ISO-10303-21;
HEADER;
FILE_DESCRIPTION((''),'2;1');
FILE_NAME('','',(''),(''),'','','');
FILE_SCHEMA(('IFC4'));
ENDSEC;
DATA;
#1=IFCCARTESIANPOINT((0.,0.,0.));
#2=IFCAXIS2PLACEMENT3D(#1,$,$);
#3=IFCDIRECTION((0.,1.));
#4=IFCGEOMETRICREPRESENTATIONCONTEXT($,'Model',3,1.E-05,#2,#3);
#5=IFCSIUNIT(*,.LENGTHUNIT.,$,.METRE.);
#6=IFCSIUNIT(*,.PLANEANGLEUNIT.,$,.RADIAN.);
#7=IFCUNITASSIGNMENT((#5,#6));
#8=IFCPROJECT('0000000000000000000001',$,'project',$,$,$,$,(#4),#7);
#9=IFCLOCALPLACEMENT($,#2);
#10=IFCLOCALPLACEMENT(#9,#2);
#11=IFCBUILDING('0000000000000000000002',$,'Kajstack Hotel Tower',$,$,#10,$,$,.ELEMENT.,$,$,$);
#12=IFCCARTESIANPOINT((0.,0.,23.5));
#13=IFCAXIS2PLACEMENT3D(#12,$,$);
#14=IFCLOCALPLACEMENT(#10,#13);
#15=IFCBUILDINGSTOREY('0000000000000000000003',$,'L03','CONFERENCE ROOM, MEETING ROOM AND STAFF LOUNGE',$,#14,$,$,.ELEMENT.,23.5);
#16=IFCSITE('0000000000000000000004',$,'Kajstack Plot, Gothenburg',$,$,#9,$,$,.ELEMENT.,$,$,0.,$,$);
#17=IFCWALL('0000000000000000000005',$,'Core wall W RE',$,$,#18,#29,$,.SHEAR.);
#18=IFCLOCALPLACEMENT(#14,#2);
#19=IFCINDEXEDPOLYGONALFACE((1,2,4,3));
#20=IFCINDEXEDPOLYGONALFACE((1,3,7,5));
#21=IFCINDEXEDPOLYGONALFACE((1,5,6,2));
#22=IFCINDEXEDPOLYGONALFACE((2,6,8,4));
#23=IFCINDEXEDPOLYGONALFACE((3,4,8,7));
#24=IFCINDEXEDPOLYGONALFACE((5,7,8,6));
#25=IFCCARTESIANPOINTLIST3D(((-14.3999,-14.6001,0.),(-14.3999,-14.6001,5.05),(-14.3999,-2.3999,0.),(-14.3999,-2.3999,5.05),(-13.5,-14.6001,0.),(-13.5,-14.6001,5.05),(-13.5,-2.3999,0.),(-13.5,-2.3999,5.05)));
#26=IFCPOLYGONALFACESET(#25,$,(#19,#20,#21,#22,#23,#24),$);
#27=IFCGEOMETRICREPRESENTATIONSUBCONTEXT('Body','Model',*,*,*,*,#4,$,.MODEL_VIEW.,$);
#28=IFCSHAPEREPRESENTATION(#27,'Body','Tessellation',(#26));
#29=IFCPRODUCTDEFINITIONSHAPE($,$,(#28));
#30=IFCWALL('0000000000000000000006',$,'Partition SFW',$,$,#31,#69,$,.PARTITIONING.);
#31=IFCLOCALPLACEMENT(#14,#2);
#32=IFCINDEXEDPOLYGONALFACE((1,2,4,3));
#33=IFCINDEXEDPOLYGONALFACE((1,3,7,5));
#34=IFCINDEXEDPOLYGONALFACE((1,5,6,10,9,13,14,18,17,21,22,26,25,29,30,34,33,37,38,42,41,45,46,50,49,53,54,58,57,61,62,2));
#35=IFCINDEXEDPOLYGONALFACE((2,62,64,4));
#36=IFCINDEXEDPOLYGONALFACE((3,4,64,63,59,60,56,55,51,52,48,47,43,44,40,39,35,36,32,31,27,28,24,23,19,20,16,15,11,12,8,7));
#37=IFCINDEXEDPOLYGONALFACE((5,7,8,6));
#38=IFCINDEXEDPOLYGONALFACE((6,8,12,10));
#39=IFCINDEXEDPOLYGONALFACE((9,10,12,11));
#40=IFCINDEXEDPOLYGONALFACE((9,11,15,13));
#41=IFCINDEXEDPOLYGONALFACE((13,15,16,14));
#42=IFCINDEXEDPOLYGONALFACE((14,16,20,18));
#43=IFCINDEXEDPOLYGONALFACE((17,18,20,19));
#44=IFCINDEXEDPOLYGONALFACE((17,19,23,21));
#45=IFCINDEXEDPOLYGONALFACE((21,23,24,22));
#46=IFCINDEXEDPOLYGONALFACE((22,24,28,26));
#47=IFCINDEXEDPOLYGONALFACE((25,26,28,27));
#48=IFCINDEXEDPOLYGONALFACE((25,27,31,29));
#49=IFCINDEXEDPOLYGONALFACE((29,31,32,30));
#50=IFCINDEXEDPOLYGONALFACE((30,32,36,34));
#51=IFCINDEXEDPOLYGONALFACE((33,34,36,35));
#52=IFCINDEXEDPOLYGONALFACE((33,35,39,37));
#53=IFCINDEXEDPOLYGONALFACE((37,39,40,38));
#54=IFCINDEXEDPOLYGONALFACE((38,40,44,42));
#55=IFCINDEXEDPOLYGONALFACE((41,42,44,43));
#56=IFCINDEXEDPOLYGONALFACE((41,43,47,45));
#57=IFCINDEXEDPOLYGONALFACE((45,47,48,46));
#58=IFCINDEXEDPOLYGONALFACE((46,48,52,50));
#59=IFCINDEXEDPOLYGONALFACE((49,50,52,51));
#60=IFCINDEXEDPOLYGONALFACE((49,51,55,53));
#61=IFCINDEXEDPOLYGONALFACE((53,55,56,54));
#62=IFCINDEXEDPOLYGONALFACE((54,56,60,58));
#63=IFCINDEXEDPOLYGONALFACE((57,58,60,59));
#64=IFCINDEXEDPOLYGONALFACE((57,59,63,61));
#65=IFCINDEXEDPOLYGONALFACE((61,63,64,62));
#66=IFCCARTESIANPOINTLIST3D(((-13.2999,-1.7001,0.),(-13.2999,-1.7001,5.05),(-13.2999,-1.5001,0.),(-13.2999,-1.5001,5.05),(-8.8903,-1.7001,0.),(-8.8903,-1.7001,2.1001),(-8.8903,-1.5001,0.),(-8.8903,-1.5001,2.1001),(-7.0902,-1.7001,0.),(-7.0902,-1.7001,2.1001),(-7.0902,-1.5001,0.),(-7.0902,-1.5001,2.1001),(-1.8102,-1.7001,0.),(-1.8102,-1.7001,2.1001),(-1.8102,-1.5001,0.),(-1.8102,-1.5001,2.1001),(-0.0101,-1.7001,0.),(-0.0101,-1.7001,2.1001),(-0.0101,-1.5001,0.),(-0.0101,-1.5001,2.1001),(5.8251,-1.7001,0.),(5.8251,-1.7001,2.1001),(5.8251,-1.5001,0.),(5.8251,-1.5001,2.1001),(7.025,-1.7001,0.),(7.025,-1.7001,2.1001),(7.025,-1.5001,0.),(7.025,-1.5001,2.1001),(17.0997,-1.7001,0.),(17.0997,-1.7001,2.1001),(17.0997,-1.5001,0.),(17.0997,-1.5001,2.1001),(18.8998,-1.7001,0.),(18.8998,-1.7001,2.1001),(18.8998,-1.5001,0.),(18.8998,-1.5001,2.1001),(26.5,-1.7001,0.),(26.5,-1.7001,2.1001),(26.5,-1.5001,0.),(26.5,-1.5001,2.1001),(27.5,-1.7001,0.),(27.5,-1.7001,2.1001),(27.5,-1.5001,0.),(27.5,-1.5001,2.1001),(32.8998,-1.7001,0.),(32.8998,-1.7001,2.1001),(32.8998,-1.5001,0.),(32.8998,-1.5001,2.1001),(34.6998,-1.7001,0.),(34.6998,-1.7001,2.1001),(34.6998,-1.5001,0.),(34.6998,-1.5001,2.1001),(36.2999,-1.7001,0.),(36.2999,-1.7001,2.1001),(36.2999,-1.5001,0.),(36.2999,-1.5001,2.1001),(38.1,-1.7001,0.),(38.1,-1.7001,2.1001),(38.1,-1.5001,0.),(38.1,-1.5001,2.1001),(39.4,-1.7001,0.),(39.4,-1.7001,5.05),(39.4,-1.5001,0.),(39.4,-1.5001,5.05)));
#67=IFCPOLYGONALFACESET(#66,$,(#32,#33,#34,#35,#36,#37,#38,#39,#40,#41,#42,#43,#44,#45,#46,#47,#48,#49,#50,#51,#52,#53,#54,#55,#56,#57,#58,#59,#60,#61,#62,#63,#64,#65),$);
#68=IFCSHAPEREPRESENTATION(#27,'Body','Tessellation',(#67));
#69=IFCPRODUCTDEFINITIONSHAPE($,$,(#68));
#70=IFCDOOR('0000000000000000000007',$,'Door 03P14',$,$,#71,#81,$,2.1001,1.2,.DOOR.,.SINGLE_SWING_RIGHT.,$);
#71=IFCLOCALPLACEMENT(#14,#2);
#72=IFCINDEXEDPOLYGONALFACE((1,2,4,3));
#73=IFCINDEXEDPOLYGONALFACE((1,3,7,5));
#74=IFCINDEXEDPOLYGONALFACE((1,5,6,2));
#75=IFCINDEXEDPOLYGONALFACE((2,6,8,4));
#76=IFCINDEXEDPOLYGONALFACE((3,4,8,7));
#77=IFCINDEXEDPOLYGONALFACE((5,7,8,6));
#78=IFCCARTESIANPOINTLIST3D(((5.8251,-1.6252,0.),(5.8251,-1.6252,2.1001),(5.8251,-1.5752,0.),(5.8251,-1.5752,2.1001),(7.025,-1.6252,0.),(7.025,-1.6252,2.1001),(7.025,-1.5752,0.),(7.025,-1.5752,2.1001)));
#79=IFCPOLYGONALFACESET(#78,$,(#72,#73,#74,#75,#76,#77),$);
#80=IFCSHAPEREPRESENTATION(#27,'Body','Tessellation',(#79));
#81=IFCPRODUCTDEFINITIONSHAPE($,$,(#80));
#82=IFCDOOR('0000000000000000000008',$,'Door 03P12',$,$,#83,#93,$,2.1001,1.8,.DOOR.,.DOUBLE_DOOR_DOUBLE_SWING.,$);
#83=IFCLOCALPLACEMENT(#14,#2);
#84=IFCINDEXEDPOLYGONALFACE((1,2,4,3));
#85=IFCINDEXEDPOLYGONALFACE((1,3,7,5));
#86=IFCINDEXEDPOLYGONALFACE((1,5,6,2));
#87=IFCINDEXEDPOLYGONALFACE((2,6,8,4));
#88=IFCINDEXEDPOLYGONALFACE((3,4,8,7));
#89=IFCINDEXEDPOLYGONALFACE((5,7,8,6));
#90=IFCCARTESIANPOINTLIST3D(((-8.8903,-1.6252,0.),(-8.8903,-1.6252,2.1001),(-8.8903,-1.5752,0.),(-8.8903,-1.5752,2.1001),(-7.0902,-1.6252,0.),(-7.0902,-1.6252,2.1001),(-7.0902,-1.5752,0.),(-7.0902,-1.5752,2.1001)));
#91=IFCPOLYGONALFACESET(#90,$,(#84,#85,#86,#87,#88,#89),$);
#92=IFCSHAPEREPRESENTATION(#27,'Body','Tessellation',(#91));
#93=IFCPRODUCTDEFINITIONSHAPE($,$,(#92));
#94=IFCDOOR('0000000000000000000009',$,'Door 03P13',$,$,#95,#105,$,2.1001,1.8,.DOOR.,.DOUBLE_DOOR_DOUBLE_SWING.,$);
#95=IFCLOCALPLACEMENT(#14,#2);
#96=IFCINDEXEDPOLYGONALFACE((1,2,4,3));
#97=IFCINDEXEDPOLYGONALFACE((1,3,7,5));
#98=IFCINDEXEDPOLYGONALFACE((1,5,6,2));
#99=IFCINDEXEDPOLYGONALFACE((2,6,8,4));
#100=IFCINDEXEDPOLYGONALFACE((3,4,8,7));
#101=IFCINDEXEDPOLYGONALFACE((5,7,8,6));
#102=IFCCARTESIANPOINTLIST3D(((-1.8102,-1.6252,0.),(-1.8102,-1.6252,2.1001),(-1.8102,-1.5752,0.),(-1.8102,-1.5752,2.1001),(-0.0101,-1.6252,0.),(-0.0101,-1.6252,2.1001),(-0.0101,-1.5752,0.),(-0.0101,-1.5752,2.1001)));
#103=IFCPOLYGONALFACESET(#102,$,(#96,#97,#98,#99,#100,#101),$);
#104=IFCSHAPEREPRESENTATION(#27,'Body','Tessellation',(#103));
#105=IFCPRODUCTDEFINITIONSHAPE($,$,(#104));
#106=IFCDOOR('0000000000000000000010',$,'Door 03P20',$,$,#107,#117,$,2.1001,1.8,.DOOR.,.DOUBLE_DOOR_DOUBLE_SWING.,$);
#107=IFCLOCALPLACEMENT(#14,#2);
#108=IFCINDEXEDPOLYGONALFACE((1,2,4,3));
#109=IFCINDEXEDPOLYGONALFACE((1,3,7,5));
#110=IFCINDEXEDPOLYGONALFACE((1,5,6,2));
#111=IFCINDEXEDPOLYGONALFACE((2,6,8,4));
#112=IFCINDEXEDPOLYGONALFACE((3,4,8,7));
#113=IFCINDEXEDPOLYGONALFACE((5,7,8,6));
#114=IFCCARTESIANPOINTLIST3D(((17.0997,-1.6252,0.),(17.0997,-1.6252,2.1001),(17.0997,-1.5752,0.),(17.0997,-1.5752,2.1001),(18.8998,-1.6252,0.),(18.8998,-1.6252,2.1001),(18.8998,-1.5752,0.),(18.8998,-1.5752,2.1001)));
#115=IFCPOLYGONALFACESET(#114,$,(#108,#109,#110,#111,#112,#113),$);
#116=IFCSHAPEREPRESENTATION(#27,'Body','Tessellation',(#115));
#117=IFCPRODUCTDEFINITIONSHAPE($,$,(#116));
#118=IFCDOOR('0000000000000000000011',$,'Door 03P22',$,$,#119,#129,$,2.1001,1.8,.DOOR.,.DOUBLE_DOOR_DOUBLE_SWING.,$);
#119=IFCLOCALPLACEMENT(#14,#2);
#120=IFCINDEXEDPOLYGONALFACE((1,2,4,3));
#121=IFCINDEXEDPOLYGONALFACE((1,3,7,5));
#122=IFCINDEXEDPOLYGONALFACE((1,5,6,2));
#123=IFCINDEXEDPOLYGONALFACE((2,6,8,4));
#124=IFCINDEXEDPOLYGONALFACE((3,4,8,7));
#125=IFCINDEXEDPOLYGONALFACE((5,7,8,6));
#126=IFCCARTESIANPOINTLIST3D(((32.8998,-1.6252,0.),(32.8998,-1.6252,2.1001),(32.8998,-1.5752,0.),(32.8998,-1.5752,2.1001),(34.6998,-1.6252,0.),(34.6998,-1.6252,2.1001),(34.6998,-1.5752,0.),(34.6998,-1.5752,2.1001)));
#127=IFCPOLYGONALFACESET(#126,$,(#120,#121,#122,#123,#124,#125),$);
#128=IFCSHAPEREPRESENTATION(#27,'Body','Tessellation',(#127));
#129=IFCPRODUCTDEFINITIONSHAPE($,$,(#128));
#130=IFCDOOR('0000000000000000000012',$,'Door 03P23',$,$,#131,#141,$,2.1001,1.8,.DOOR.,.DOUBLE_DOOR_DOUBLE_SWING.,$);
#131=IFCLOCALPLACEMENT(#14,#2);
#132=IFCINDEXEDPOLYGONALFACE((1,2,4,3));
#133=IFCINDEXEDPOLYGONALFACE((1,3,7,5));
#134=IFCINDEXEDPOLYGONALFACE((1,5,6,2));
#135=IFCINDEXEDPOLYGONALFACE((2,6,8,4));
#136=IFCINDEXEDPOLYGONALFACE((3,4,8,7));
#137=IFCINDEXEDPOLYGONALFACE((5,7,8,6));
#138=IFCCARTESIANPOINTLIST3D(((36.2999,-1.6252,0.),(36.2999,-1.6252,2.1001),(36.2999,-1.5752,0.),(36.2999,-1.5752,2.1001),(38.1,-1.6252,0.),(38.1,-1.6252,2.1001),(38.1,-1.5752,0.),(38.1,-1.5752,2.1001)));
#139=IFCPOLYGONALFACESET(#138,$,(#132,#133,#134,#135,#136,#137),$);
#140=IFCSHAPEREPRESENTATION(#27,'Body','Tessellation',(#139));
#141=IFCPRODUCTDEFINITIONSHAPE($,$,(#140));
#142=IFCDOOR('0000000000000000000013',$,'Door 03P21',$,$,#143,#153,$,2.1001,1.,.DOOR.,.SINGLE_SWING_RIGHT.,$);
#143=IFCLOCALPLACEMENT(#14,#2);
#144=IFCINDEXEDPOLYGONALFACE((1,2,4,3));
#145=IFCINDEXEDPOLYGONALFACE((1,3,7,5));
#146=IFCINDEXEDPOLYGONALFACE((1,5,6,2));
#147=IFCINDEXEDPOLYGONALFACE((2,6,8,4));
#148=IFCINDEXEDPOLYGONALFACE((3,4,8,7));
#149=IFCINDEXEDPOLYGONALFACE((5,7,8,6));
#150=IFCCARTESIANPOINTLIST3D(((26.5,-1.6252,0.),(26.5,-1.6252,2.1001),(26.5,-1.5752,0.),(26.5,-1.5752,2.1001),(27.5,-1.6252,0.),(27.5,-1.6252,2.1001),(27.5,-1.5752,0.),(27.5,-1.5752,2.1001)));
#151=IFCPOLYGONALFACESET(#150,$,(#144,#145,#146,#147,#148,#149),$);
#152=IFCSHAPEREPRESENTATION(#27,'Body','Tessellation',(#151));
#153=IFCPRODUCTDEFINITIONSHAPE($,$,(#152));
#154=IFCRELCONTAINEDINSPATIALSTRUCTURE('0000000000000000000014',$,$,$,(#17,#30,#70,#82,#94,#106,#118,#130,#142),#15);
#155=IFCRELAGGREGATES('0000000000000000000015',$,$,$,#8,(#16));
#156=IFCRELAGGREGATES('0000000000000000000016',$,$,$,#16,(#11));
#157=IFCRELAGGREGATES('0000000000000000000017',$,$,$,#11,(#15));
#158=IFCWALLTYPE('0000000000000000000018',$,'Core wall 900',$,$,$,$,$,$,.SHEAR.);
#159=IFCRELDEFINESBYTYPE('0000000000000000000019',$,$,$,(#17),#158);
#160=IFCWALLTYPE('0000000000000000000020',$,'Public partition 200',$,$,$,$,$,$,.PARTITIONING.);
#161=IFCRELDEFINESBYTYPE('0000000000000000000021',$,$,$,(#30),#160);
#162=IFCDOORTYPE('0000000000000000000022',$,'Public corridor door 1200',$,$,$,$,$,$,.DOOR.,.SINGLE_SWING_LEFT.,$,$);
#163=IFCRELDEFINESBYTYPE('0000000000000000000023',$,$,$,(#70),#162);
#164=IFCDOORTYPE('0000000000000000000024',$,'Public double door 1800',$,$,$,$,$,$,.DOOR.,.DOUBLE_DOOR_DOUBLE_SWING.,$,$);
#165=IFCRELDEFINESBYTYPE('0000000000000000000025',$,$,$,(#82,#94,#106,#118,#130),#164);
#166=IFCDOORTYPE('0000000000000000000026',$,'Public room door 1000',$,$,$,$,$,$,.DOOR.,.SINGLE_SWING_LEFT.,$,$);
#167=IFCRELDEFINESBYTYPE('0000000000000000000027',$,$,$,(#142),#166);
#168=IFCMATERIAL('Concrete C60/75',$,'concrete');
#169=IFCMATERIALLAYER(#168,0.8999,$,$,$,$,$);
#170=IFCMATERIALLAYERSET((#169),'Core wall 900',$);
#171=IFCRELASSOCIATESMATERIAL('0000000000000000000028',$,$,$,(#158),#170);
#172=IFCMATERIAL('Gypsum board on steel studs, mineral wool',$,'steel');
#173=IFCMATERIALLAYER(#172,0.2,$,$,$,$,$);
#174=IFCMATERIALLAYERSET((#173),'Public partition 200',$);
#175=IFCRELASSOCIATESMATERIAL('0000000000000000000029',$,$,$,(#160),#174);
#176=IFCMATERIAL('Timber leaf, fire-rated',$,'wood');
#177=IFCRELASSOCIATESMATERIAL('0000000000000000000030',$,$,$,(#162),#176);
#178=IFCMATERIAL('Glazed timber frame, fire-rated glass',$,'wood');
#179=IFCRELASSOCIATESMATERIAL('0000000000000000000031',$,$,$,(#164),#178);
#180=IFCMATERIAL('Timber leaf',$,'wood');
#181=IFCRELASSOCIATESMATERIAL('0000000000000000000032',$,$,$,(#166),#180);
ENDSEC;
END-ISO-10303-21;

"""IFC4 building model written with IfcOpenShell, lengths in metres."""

from ifc_helpers import new_model, si_unit, direction, frame, frame_2d, origin, place, context, subcontext, project, spatial, rectangle, extrude, material, layer, layer_set, type_object, element, fill, save


model = new_model("IFC4")

# Units and contexts
model_context = context("Model", 3, precision=1e-05, world=origin(), true_north=direction((0.0, 1.0)))
body_context = subcontext(model_context, "Body", "Model", "MODEL_VIEW")
ifc_project = project(units=[si_unit("LENGTHUNIT", "METRE"), si_unit("PLANEANGLEUNIT", "RADIAN")], contexts=[model_context])

# Site, building, storey
site_placement = place(None, origin())
site = spatial("IfcSite", under=ifc_project, at=site_placement, Name="Kajstack Plot, Gothenburg", CompositionType="ELEMENT", RefElevation=0.0)
building_placement = place(site_placement, origin())
building = spatial("IfcBuilding", under=site, at=building_placement, Name="Kajstack Hotel Tower", CompositionType="ELEMENT")
storey_placement = place(building_placement, frame((0.0, 0.0, 23.5)))
storey = spatial("IfcBuildingStorey", under=building, at=storey_placement, Name="L03", Description="CONFERENCE ROOM, MEETING ROOM AND STAFF LOUNGE", CompositionType="ELEMENT", Elevation=23.5)

# Wall
ifc_material_1 = material(Name="Concrete C60/75", Category="concrete")
ifc_layer_1 = layer(ifc_material_1, 0.8999)
ifc_layer_set_1 = layer_set([ifc_layer_1], Name="Core wall 900")
wall_type_1 = type_object("IfcWallType", Name="Core wall 900", PredefinedType="SHEAR", material=ifc_layer_set_1)
wall_1_placement = place(storey_placement, frame((-13.95, -14.6001, 0.0), z_axis=(0.0, 0.0, 1.0), x_axis=(0.0, 1.0, 0.0)))
element("IfcWall", 1, at=wall_1_placement, inside=storey, type_object=wall_type_1, Name="Core wall W RE", PredefinedType="SHEAR", context=body_context, shape_type="SweptSolid", body=[
    extrude(rectangle(XDim=12.2002, YDim=0.8999, at=frame_2d((6.1001, 0.0))), origin(), (0.0, 0.0, 1.0), 5.05),
])

# Wall, openings, doors
ifc_material_2 = material(Name="Gypsum board on steel studs, mineral wool", Category="steel")
ifc_layer_2 = layer(ifc_material_2, 0.2)
ifc_layer_set_2 = layer_set([ifc_layer_2], Name="Public partition 200")
wall_type_2 = type_object("IfcWallType", Name="Public partition 200", PredefinedType="PARTITIONING", material=ifc_layer_set_2)
wall_2_placement = place(storey_placement, frame((-13.3, -1.6001, 0.0), z_axis=(0.0, 0.0, 1.0), x_axis=(1.0, 0.0, 0.0)))
wall_2 = element("IfcWall", 2, at=wall_2_placement, inside=storey, type_object=wall_type_2, Name="Partition SFW", PredefinedType="PARTITIONING", context=body_context, shape_type="SweptSolid", body=[
    extrude(rectangle(XDim=52.7, YDim=0.2, at=frame_2d((26.3501, 0.0))), origin(), (0.0, 0.0, 1.0), 5.05),
])
opening_1_placement = place(wall_2_placement, frame((4.4099, 0.0, 0.0)))
opening_1 = element("IfcOpeningElement", 3, at=opening_1_placement, cuts=wall_2, PredefinedType="OPENING", context=body_context, shape_type="SweptSolid", body=[
    extrude(rectangle(XDim=1.8, YDim=2.1001, at=frame_2d((0.8999, 1.05))), frame((0.0, 0.1099, 0.0), z_axis=(0.0, -1.0, 0.0), x_axis=(1.0, 0.0, 0.0)), (0.0, 0.0, 1.0), 0.22),
])
opening_2_placement = place(wall_2_placement, frame((11.49, 0.0, 0.0)))
opening_2 = element("IfcOpeningElement", 4, at=opening_2_placement, cuts=wall_2, PredefinedType="OPENING", context=body_context, shape_type="SweptSolid", body=[
    extrude(rectangle(XDim=1.8, YDim=2.1001, at=frame_2d((0.8999, 1.05))), frame((0.0, 0.1099, 0.0), z_axis=(0.0, -1.0, 0.0), x_axis=(1.0, 0.0, 0.0)), (0.0, 0.0, 1.0), 0.22),
])
opening_3_placement = place(wall_2_placement, frame((19.125, 0.0, 0.0)))
opening_3 = element("IfcOpeningElement", 5, at=opening_3_placement, cuts=wall_2, PredefinedType="OPENING", context=body_context, shape_type="SweptSolid", body=[
    extrude(rectangle(XDim=1.2, YDim=2.1001, at=frame_2d((0.6001, 1.05))), frame((0.0, 0.1099, 0.0), z_axis=(0.0, -1.0, 0.0), x_axis=(1.0, 0.0, 0.0)), (0.0, 0.0, 1.0), 0.22),
])
opening_4_placement = place(wall_2_placement, frame((30.3999, 0.0, 0.0)))
opening_4 = element("IfcOpeningElement", 6, at=opening_4_placement, cuts=wall_2, PredefinedType="OPENING", context=body_context, shape_type="SweptSolid", body=[
    extrude(rectangle(XDim=1.8, YDim=2.1001, at=frame_2d((0.8999, 1.05))), frame((0.0, 0.1099, 0.0), z_axis=(0.0, -1.0, 0.0), x_axis=(1.0, 0.0, 0.0)), (0.0, 0.0, 1.0), 0.22),
])
opening_5_placement = place(wall_2_placement, frame((39.8, 0.0, 0.0)))
opening_5 = element("IfcOpeningElement", 7, at=opening_5_placement, cuts=wall_2, PredefinedType="OPENING", context=body_context, shape_type="SweptSolid", body=[
    extrude(rectangle(XDim=1.0, YDim=2.1001, at=frame_2d((0.5, 1.05))), frame((0.0, 0.1099, 0.0), z_axis=(0.0, -1.0, 0.0), x_axis=(1.0, 0.0, 0.0)), (0.0, 0.0, 1.0), 0.22),
])
opening_6_placement = place(wall_2_placement, frame((46.2, 0.0, 0.0)))
opening_6 = element("IfcOpeningElement", 8, at=opening_6_placement, cuts=wall_2, PredefinedType="OPENING", context=body_context, shape_type="SweptSolid", body=[
    extrude(rectangle(XDim=1.8, YDim=2.1001, at=frame_2d((0.8999, 1.05))), frame((0.0, 0.1099, 0.0), z_axis=(0.0, -1.0, 0.0), x_axis=(1.0, 0.0, 0.0)), (0.0, 0.0, 1.0), 0.22),
])
opening_7_placement = place(wall_2_placement, frame((49.6001, 0.0, 0.0)))
opening_7 = element("IfcOpeningElement", 9, at=opening_7_placement, cuts=wall_2, PredefinedType="OPENING", context=body_context, shape_type="SweptSolid", body=[
    extrude(rectangle(XDim=1.8, YDim=2.1001, at=frame_2d((0.8999, 1.05))), frame((0.0, 0.1099, 0.0), z_axis=(0.0, -1.0, 0.0), x_axis=(1.0, 0.0, 0.0)), (0.0, 0.0, 1.0), 0.22),
])
ifc_material_3 = material(Name="Timber leaf, fire-rated", Category="wood")
door_type_1 = type_object("IfcDoorType", Name="Public corridor door 1200", OperationType="SINGLE_SWING_LEFT", PredefinedType="DOOR", material=ifc_material_3)
door_1_placement = place(opening_3_placement, origin())
door_1 = element("IfcDoor", 10, at=door_1_placement, inside=storey, type_object=door_type_1, Name="Door 03P14", OperationType="SINGLE_SWING_RIGHT", OverallHeight=2.1001, OverallWidth=1.2, PredefinedType="DOOR", context=body_context, shape_type="SweptSolid", body=[
    extrude(rectangle(XDim=1.2, YDim=2.1001, at=frame_2d((0.6001, 1.05))), frame((0.0, 0.0249, 0.0), z_axis=(0.0, -1.0, 0.0), x_axis=(1.0, 0.0, 0.0)), (0.0, 0.0, 1.0), 0.05),
])
fill(opening_3, door_1)
ifc_material_4 = material(Name="Glazed timber frame, fire-rated glass", Category="wood")
door_type_2 = type_object("IfcDoorType", Name="Public double door 1800", OperationType="DOUBLE_DOOR_DOUBLE_SWING", PredefinedType="DOOR", material=ifc_material_4)
door_2_placement = place(opening_1_placement, origin())
door_2 = element("IfcDoor", 11, at=door_2_placement, inside=storey, type_object=door_type_2, Name="Door 03P12", OperationType="DOUBLE_DOOR_DOUBLE_SWING", OverallHeight=2.1001, OverallWidth=1.8, PredefinedType="DOOR", context=body_context, shape_type="SweptSolid", body=[
    extrude(rectangle(XDim=1.8, YDim=2.1001, at=frame_2d((0.8999, 1.05))), frame((0.0, 0.0249, 0.0), z_axis=(0.0, -1.0, 0.0), x_axis=(1.0, 0.0, 0.0)), (0.0, 0.0, 1.0), 0.05),
])
fill(opening_1, door_2)
door_3_placement = place(opening_2_placement, origin())
door_3 = element("IfcDoor", 12, at=door_3_placement, inside=storey, type_object=door_type_2, Name="Door 03P13", OperationType="DOUBLE_DOOR_DOUBLE_SWING", OverallHeight=2.1001, OverallWidth=1.8, PredefinedType="DOOR", context=body_context, shape_type="SweptSolid", body=[
    extrude(rectangle(XDim=1.8, YDim=2.1001, at=frame_2d((0.8999, 1.05))), frame((0.0, 0.0249, 0.0), z_axis=(0.0, -1.0, 0.0), x_axis=(1.0, 0.0, 0.0)), (0.0, 0.0, 1.0), 0.05),
])
fill(opening_2, door_3)
door_4_placement = place(opening_4_placement, origin())
door_4 = element("IfcDoor", 13, at=door_4_placement, inside=storey, type_object=door_type_2, Name="Door 03P20", OperationType="DOUBLE_DOOR_DOUBLE_SWING", OverallHeight=2.1001, OverallWidth=1.8, PredefinedType="DOOR", context=body_context, shape_type="SweptSolid", body=[
    extrude(rectangle(XDim=1.8, YDim=2.1001, at=frame_2d((0.8999, 1.05))), frame((0.0, 0.0249, 0.0), z_axis=(0.0, -1.0, 0.0), x_axis=(1.0, 0.0, 0.0)), (0.0, 0.0, 1.0), 0.05),
])
fill(opening_4, door_4)
door_5_placement = place(opening_6_placement, origin())
door_5 = element("IfcDoor", 14, at=door_5_placement, inside=storey, type_object=door_type_2, Name="Door 03P22", OperationType="DOUBLE_DOOR_DOUBLE_SWING", OverallHeight=2.1001, OverallWidth=1.8, PredefinedType="DOOR", context=body_context, shape_type="SweptSolid", body=[
    extrude(rectangle(XDim=1.8, YDim=2.1001, at=frame_2d((0.8999, 1.05))), frame((0.0, 0.0249, 0.0), z_axis=(0.0, -1.0, 0.0), x_axis=(1.0, 0.0, 0.0)), (0.0, 0.0, 1.0), 0.05),
])
fill(opening_6, door_5)
door_6_placement = place(opening_7_placement, origin())
door_6 = element("IfcDoor", 15, at=door_6_placement, inside=storey, type_object=door_type_2, Name="Door 03P23", OperationType="DOUBLE_DOOR_DOUBLE_SWING", OverallHeight=2.1001, OverallWidth=1.8, PredefinedType="DOOR", context=body_context, shape_type="SweptSolid", body=[
    extrude(rectangle(XDim=1.8, YDim=2.1001, at=frame_2d((0.8999, 1.05))), frame((0.0, 0.0249, 0.0), z_axis=(0.0, -1.0, 0.0), x_axis=(1.0, 0.0, 0.0)), (0.0, 0.0, 1.0), 0.05),
])
fill(opening_7, door_6)
ifc_material_5 = material(Name="Timber leaf", Category="wood")
door_type_3 = type_object("IfcDoorType", Name="Public room door 1000", OperationType="SINGLE_SWING_LEFT", PredefinedType="DOOR", material=ifc_material_5)
door_7_placement = place(opening_5_placement, origin())
door_7 = element("IfcDoor", 16, at=door_7_placement, inside=storey, type_object=door_type_3, Name="Door 03P21", OperationType="SINGLE_SWING_RIGHT", OverallHeight=2.1001, OverallWidth=1.0, PredefinedType="DOOR", context=body_context, shape_type="SweptSolid", body=[
    extrude(rectangle(XDim=1.0, YDim=2.1001, at=frame_2d((0.5, 1.05))), frame((0.0, 0.0249, 0.0), z_axis=(0.0, -1.0, 0.0), x_axis=(1.0, 0.0, 0.0)), (0.0, 0.0, 1.0), 0.05),
])
fill(opening_5, door_7)

save(model, "model.ifc")
